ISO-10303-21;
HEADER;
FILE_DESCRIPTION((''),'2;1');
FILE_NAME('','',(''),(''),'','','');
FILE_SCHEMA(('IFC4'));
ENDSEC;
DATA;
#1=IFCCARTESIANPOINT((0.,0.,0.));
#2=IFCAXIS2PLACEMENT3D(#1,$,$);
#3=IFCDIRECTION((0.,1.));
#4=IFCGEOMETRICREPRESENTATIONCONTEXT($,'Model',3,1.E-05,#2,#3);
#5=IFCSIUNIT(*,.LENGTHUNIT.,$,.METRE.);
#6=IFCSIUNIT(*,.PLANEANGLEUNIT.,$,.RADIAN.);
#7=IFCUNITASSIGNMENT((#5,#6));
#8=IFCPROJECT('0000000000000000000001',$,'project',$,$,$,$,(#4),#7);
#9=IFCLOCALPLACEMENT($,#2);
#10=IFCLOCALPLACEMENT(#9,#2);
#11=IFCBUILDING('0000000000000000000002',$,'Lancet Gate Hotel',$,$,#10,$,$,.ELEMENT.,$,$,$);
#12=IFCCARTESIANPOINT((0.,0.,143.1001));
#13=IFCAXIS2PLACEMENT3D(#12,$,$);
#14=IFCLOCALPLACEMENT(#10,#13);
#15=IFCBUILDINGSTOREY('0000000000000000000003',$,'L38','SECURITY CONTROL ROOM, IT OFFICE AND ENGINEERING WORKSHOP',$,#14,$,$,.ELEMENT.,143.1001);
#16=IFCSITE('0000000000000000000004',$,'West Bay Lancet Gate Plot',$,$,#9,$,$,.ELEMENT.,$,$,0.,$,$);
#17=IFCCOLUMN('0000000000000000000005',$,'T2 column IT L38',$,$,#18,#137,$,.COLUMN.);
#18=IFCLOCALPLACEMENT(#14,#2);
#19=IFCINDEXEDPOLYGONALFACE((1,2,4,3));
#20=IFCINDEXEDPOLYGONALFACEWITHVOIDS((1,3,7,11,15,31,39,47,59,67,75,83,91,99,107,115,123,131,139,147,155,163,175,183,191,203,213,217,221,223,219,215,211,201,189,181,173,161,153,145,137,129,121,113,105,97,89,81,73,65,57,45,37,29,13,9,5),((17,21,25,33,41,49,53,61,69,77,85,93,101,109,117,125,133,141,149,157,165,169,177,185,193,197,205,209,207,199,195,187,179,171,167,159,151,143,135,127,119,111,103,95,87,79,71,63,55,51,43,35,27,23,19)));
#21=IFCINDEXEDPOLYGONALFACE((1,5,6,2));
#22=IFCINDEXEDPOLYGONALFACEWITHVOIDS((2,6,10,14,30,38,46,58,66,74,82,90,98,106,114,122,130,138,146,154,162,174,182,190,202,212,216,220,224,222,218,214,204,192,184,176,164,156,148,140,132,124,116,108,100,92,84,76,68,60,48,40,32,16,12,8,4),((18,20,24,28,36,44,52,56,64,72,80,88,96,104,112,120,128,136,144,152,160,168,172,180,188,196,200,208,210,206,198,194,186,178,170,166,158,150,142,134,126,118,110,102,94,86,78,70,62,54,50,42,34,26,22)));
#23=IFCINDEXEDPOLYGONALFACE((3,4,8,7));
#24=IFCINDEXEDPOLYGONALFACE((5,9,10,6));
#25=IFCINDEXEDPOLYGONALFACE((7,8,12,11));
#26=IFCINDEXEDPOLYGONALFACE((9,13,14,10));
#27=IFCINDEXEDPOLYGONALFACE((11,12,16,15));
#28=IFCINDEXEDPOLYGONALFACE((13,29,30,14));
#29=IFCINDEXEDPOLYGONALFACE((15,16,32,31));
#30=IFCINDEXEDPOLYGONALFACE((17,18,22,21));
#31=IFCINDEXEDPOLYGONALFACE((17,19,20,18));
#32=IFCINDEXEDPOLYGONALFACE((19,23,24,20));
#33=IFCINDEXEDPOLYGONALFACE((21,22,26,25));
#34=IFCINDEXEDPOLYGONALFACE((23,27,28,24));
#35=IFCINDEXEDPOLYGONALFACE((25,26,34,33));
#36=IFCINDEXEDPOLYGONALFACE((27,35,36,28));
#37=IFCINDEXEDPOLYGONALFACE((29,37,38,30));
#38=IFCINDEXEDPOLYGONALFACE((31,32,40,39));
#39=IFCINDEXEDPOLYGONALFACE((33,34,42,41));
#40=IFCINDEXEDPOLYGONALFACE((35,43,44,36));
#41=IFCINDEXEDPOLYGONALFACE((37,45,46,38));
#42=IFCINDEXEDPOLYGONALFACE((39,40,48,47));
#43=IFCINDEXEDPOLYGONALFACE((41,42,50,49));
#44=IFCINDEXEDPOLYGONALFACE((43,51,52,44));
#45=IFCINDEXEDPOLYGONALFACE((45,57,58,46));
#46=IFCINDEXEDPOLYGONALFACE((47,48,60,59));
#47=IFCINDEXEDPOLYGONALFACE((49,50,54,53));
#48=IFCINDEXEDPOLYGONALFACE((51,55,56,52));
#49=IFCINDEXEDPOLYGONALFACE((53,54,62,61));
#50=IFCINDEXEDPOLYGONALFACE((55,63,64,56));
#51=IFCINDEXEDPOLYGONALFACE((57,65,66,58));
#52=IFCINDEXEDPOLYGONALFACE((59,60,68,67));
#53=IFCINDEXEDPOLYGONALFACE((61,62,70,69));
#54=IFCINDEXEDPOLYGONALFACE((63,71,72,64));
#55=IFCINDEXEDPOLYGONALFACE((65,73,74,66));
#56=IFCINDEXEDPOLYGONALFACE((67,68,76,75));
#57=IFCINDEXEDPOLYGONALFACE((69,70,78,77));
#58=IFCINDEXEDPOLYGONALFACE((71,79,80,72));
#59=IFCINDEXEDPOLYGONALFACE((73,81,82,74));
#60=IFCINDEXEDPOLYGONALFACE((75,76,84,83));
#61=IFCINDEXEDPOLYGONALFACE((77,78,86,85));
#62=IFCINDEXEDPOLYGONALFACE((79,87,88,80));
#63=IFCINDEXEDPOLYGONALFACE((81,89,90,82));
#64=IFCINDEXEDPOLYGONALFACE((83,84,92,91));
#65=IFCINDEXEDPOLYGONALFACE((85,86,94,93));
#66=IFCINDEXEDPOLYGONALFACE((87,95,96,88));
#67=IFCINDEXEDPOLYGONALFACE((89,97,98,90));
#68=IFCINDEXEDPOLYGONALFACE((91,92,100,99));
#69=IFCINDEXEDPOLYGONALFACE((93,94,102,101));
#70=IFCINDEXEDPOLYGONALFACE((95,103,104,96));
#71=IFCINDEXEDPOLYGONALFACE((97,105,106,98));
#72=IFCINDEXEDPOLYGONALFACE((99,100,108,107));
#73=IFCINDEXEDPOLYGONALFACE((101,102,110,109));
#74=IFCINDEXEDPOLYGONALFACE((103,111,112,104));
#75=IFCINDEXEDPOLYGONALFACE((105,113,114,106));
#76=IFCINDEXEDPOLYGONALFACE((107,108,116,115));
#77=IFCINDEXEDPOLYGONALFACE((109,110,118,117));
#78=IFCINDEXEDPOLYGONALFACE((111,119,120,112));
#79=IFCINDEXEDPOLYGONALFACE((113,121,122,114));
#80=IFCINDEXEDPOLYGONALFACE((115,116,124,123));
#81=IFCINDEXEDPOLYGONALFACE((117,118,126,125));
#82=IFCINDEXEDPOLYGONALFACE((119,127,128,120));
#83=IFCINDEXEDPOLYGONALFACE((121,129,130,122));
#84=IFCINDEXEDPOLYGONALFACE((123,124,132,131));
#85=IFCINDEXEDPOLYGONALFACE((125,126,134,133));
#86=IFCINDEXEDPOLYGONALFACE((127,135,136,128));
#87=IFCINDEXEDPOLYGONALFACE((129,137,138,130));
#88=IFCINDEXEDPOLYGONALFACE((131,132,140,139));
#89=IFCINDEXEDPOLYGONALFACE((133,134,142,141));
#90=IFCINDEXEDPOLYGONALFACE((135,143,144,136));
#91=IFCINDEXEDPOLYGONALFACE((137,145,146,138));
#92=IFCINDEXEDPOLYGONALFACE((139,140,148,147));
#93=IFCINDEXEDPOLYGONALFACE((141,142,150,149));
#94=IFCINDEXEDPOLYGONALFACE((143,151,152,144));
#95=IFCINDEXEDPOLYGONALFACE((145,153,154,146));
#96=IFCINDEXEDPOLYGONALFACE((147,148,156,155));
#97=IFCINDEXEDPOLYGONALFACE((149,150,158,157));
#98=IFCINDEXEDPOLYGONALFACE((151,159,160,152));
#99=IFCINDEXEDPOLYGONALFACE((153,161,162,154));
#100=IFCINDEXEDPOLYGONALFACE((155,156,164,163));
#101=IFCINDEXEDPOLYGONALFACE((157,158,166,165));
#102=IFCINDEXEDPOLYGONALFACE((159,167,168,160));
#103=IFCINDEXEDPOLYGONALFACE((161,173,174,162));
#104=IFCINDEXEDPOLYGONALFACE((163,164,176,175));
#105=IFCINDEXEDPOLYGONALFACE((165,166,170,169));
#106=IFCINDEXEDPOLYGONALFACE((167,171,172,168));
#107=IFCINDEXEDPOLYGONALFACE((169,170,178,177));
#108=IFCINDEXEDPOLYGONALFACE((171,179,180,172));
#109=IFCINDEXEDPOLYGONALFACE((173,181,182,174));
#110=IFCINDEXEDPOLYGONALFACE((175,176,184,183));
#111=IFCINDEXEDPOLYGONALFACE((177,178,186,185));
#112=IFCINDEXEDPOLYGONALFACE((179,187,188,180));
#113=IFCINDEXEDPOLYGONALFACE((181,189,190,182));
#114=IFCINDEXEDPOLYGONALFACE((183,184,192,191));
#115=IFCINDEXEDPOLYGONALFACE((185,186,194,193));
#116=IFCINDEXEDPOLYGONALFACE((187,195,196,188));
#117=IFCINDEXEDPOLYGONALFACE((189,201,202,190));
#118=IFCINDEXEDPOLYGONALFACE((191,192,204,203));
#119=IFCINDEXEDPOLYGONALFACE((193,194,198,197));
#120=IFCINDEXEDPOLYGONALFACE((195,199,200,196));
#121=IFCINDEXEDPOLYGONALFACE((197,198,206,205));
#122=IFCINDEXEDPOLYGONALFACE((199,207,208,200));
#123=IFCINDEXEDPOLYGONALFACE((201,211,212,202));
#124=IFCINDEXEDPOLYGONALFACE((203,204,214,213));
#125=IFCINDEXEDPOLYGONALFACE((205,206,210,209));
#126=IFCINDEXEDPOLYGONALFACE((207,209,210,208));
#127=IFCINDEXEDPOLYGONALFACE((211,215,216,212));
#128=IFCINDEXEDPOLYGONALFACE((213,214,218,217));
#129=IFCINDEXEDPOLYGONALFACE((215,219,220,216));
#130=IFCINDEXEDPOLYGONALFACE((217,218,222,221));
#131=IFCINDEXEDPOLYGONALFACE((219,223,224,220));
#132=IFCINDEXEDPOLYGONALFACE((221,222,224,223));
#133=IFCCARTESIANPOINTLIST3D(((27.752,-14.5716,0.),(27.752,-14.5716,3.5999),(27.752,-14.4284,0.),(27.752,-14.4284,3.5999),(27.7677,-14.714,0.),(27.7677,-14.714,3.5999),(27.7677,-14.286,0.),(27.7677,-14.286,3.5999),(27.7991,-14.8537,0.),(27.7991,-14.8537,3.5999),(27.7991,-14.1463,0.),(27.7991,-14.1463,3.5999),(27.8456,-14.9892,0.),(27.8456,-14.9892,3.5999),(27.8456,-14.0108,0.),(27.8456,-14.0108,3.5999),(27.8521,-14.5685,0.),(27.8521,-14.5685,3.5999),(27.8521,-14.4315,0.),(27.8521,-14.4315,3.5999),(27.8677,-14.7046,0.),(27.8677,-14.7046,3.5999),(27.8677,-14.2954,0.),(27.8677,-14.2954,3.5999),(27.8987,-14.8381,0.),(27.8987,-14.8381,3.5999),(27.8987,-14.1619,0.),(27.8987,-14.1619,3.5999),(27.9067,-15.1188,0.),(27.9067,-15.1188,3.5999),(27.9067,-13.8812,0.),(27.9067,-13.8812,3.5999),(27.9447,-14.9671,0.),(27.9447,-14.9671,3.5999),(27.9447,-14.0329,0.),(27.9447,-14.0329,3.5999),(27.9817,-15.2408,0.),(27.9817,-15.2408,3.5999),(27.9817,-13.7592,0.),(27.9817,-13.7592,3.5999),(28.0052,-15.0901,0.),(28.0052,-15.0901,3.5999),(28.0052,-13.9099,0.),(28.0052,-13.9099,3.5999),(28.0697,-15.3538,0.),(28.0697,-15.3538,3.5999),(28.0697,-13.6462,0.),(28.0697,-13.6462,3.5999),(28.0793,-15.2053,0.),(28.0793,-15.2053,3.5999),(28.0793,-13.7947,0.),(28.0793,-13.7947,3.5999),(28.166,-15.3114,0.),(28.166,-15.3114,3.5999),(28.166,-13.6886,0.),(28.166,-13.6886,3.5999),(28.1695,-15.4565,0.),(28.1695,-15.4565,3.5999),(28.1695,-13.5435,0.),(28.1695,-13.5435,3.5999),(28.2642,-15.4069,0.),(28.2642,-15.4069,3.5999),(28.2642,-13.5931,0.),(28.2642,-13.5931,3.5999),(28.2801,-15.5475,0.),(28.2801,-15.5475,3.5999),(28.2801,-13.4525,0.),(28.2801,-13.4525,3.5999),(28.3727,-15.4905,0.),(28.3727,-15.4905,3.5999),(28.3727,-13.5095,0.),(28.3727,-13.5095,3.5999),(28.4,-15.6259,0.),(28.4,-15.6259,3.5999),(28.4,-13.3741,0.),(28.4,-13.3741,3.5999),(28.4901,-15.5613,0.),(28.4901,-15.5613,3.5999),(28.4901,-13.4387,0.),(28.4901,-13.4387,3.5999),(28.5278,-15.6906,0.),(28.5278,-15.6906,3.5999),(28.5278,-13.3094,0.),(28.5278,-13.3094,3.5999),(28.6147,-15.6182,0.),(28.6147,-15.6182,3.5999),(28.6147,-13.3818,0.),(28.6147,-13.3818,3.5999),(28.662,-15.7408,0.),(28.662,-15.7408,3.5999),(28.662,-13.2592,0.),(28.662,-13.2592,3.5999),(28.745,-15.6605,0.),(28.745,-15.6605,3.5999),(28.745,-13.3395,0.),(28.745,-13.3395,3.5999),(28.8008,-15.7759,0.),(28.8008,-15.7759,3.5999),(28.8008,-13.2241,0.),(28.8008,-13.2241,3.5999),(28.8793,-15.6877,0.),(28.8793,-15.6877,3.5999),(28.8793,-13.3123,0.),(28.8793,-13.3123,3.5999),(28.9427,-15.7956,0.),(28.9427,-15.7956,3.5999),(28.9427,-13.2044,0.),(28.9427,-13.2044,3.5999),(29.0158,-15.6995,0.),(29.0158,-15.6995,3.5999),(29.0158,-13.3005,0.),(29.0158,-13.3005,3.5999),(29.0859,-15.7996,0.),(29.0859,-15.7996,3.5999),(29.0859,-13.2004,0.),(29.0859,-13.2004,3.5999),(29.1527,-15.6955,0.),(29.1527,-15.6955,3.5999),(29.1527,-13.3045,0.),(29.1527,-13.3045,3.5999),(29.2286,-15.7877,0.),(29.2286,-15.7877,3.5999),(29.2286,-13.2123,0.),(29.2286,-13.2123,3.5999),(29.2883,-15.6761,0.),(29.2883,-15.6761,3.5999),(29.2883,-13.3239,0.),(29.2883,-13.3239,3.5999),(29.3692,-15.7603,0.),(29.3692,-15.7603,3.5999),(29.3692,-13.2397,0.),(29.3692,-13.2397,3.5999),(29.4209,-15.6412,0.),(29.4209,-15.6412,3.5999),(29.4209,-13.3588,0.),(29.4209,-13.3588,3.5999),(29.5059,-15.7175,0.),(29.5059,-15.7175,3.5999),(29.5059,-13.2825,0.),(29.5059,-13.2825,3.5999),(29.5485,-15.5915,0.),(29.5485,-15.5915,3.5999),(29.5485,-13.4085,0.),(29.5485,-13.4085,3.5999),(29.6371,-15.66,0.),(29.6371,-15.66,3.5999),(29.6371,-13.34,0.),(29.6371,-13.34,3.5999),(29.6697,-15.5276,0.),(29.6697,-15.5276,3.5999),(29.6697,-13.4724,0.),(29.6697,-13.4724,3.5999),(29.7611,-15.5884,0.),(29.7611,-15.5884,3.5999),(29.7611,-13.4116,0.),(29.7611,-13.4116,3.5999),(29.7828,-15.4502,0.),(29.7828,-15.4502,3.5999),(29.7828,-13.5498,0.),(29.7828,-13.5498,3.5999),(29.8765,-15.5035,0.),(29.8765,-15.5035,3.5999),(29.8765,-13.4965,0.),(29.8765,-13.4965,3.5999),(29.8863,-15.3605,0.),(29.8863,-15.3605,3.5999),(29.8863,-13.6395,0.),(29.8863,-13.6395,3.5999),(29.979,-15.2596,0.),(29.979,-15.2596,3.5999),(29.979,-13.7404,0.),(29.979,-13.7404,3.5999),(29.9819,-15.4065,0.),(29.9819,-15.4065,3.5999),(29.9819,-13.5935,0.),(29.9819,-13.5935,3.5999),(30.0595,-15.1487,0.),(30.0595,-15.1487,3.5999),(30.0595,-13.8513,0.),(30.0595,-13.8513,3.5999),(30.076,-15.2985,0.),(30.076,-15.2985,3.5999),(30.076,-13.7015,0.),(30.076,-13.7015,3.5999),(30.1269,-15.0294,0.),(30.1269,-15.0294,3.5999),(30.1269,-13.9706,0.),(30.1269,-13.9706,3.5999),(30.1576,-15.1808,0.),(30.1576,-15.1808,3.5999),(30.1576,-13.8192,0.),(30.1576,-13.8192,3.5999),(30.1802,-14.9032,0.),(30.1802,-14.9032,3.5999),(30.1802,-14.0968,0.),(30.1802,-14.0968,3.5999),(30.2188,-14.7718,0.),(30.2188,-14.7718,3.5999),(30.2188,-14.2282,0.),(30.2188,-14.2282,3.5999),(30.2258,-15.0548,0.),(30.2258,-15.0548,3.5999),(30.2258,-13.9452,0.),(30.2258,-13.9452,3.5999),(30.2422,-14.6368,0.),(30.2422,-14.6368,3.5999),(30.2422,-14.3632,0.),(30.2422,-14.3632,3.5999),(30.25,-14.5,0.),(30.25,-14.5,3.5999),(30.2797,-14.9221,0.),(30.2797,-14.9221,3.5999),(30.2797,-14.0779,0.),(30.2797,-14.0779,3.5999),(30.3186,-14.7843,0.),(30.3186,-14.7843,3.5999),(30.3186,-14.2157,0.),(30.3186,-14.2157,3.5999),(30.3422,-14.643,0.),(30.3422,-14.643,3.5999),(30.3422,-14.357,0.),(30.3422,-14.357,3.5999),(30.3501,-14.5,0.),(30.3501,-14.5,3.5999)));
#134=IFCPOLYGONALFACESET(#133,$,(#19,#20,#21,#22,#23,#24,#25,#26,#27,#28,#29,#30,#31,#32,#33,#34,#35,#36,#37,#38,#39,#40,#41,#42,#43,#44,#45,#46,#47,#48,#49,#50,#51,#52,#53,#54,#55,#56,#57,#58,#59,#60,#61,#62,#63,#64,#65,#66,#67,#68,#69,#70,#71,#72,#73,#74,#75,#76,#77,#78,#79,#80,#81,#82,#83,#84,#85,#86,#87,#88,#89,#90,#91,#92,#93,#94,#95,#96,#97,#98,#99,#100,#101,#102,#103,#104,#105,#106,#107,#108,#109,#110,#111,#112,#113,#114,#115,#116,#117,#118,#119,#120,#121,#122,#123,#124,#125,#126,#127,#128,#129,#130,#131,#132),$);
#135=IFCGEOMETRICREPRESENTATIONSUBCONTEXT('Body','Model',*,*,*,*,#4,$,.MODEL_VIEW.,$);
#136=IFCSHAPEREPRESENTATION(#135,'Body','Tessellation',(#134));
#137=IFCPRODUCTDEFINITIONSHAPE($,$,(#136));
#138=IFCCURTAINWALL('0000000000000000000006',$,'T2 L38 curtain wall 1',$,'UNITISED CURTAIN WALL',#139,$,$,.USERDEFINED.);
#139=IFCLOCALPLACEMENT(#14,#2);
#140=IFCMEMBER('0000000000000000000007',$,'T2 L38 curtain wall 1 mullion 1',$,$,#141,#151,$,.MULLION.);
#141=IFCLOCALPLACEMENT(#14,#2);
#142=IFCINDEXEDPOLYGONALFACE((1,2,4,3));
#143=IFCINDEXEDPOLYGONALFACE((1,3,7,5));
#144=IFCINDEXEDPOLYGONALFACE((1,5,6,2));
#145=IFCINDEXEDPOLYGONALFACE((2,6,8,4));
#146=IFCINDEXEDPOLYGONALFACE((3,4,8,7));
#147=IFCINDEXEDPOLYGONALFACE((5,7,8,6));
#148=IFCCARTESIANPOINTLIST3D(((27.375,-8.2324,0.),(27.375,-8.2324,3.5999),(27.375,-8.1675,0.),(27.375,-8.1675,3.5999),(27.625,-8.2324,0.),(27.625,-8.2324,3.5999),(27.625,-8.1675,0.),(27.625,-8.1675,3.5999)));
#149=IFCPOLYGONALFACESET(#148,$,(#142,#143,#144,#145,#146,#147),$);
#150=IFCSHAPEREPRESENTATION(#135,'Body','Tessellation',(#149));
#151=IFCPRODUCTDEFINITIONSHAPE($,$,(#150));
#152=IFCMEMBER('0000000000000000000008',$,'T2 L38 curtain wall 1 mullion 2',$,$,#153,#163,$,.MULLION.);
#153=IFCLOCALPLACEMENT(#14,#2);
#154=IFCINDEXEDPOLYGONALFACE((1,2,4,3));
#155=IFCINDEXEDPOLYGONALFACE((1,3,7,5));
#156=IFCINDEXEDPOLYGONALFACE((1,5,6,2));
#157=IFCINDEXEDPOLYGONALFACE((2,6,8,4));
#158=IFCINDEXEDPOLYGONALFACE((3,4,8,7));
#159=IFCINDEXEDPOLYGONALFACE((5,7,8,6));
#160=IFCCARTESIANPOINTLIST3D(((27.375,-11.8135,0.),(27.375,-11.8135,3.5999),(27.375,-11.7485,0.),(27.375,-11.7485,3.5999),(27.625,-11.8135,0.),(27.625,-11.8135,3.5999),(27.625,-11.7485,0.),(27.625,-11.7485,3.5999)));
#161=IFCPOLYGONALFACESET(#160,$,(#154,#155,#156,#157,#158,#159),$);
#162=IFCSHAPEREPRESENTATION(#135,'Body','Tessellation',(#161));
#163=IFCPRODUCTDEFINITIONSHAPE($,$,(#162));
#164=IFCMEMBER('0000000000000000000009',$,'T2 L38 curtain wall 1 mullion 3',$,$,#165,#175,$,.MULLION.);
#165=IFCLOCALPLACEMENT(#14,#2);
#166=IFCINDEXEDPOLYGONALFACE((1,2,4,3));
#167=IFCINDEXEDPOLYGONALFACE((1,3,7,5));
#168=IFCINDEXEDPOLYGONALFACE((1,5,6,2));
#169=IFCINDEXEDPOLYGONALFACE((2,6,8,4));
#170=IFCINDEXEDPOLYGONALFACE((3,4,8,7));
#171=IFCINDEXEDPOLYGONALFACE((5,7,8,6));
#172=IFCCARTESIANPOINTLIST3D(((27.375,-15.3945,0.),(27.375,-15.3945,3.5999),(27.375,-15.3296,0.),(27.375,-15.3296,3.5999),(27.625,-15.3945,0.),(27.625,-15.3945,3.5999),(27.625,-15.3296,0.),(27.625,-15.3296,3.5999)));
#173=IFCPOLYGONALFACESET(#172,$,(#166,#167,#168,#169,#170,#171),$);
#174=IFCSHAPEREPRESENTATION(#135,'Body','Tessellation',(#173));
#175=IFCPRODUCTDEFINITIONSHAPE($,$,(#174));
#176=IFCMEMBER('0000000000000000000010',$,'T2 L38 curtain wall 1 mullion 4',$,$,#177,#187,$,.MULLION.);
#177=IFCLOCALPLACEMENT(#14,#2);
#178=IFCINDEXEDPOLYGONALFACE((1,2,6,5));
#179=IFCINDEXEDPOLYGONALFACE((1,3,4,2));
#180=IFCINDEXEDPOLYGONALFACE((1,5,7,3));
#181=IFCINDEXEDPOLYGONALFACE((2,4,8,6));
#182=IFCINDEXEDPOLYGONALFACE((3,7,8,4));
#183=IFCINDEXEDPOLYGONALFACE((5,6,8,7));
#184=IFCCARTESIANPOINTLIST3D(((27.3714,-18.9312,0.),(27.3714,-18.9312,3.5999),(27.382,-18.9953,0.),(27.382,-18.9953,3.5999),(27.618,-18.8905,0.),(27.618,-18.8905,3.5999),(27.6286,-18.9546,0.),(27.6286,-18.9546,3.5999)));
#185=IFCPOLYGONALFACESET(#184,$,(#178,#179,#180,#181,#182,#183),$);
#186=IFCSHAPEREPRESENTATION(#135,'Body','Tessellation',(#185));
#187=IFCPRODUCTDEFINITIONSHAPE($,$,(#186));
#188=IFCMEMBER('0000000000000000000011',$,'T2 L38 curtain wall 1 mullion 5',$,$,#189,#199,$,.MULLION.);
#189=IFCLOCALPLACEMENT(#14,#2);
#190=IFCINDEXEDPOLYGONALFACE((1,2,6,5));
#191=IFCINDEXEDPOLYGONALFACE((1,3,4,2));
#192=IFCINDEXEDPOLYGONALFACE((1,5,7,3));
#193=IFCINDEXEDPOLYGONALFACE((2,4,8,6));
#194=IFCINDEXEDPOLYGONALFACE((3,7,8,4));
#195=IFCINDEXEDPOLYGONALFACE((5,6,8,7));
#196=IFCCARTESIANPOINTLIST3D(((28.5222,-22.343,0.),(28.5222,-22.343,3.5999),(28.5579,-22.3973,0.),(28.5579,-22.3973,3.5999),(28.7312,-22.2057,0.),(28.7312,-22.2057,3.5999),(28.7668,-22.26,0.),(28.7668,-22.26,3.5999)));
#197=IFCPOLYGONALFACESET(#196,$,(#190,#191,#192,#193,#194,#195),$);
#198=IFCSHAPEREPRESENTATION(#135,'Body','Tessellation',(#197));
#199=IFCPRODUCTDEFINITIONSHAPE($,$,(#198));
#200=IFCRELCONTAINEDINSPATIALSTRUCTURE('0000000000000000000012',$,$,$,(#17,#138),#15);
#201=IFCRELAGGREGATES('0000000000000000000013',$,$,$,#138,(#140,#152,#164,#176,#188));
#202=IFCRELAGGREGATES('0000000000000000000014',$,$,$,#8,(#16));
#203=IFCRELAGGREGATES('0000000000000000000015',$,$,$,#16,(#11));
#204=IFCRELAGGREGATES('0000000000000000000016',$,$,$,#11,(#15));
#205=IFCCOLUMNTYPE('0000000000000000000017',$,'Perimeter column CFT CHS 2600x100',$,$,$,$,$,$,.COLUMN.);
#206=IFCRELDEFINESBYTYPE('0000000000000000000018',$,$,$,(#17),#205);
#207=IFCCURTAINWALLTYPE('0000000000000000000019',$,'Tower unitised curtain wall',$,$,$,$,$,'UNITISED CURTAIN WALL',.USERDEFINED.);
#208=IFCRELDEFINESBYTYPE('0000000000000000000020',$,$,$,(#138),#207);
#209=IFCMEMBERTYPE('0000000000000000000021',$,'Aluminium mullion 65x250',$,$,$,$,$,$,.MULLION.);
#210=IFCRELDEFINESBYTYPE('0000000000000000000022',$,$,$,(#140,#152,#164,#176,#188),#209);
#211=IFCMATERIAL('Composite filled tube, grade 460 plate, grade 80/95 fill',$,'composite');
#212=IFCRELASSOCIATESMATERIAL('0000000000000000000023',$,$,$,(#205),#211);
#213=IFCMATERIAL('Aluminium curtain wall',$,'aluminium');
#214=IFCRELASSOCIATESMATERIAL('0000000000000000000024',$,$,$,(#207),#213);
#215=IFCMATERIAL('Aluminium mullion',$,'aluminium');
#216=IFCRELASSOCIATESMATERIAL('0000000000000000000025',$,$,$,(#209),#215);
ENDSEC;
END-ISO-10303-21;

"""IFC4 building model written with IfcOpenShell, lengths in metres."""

from ifc_helpers import new_model, si_unit, direction, frame, origin, origin_2d, place, context, subcontext, project, spatial, rectangle, hollow_circle, extrude, material, material_profile, profile_set, type_object, element, aggregate, save


model = new_model("IFC4")

# Units and contexts
model_context = context("Model", 3, precision=1e-05, world=origin(), true_north=direction((0.0, 1.0)))
body_context = subcontext(model_context, "Body", "Model", "MODEL_VIEW")
ifc_project = project(units=[si_unit("LENGTHUNIT", "METRE"), si_unit("PLANEANGLEUNIT", "RADIAN")], contexts=[model_context])

# Site, building, storey
site_placement = place(None, origin())
site = spatial("IfcSite", under=ifc_project, at=site_placement, Name="West Bay Lancet Gate Plot", CompositionType="ELEMENT", RefElevation=0.0)
building_placement = place(site_placement, origin())
building = spatial("IfcBuilding", under=site, at=building_placement, Name="Lancet Gate Hotel", CompositionType="ELEMENT")
storey_placement = place(building_placement, frame((0.0, 0.0, 143.1001)))
storey = spatial("IfcBuildingStorey", under=building, at=storey_placement, Name="L38", Description="SECURITY CONTROL ROOM, IT OFFICE AND ENGINEERING WORKSHOP", CompositionType="ELEMENT", Elevation=143.1001)

# Column
ifc_material_1 = material(Name="Composite filled tube, grade 460 plate, grade 80/95 fill", Category="composite")
ifc_material_profile_1 = material_profile(ifc_material_1, hollow_circle(Radius=1.3, WallThickness=0.1001, at=origin_2d()), Name="CHS 2600x100")
ifc_profile_set_1 = profile_set([ifc_material_profile_1], Name="Composite filled tube, grade 460 plate, grade 80/95 fill")
column_type = type_object("IfcColumnType", Name="Perimeter column CFT CHS 2600x100", PredefinedType="COLUMN", material=ifc_profile_set_1)
for number, where, z_axis, x_axis, name in (
    (1, (29.05, -14.5, 0.0), (0.0, 0.0, 1.0), (1.0, 0.0, 0.0), "T2 column IT L38"),
):
    element("IfcColumn", number, at=place(storey_placement, frame(where, z_axis=z_axis, x_axis=x_axis)), inside=storey, type_object=column_type, Name=name, PredefinedType="COLUMN", context=body_context, shape_type="SweptSolid", body=[
        extrude(hollow_circle(Radius=1.3, WallThickness=0.1001, at=origin_2d()), origin(), (0.0, 0.0, 1.0), 3.5999),
    ])

# Curtain wall, members
ifc_material_2 = material(Name="Aluminium curtain wall", Category="aluminium")
curtain_wall_type = type_object("IfcCurtainWallType", Name="Tower unitised curtain wall", ElementType="UNITISED CURTAIN WALL", PredefinedType="USERDEFINED", material=ifc_material_2)
curtain_wall_placement = place(storey_placement, origin())
curtain_wall = element("IfcCurtainWall", 2, at=curtain_wall_placement, inside=storey, type_object=curtain_wall_type, Name="T2 L38 curtain wall 1", ObjectType="UNITISED CURTAIN WALL", PredefinedType="USERDEFINED")
ifc_material_3 = material(Name="Aluminium mullion", Category="aluminium")
ifc_material_profile_2 = material_profile(ifc_material_3, rectangle(XDim=0.0649, YDim=0.25, at=origin_2d()), Name="MULLION 65x250")
ifc_profile_set_2 = profile_set([ifc_material_profile_2], Name="Aluminium mullion")
member_type_1 = type_object("IfcMemberType", Name="Aluminium mullion 65x250", PredefinedType="MULLION", material=ifc_profile_set_2)
member_1_placement = place(storey_placement, frame((27.5, -8.2, 0.0), z_axis=(0.0, 0.0, 1.0), x_axis=(0.0, -1.0, 0.0)))
member_1 = element("IfcMember", 3, at=member_1_placement, type_object=member_type_1, Name="T2 L38 curtain wall 1 mullion 1", PredefinedType="MULLION", context=body_context, shape_type="SweptSolid", body=[
    extrude(rectangle(XDim=0.0649, YDim=0.25, at=origin_2d()), origin(), (0.0, 0.0, 1.0), 3.5999),
])
member_2_placement = place(storey_placement, frame((27.5, -11.781, 0.0), z_axis=(0.0, 0.0, 1.0), x_axis=(0.0, -1.0, 0.0)))
member_2 = element("IfcMember", 4, at=member_2_placement, type_object=member_type_1, Name="T2 L38 curtain wall 1 mullion 2", PredefinedType="MULLION", context=body_context, shape_type="SweptSolid", body=[
    extrude(rectangle(XDim=0.0649, YDim=0.25, at=origin_2d()), origin(), (0.0, 0.0, 1.0), 3.5999),
])
member_3_placement = place(storey_placement, frame((27.5, -15.3621, 0.0), z_axis=(0.0, 0.0, 1.0), x_axis=(0.0, -1.0, 0.0)))
member_3 = element("IfcMember", 5, at=member_3_placement, type_object=member_type_1, Name="T2 L38 curtain wall 1 mullion 3", PredefinedType="MULLION", context=body_context, shape_type="SweptSolid", body=[
    extrude(rectangle(XDim=0.0649, YDim=0.25, at=origin_2d()), origin(), (0.0, 0.0, 1.0), 3.5999),
])
member_4_placement = place(storey_placement, frame((27.5, -18.9429, 0.0), z_axis=(0.0, 0.0, 1.0), x_axis=(0.162739, -0.986669, 0.0)))
member_4 = element("IfcMember", 6, at=member_4_placement, type_object=member_type_1, Name="T2 L38 curtain wall 1 mullion 4", PredefinedType="MULLION", context=body_context, shape_type="SweptSolid", body=[
    extrude(rectangle(XDim=0.0649, YDim=0.25, at=origin_2d()), origin(), (0.0, 0.0, 1.0), 3.5999),
])
member_5_placement = place(storey_placement, frame((28.6445, -22.3015, 0.0), z_axis=(0.0, 0.0, 1.0), x_axis=(0.549092, -0.835762, 0.0)))
member_5 = element("IfcMember", 7, at=member_5_placement, type_object=member_type_1, Name="T2 L38 curtain wall 1 mullion 5", PredefinedType="MULLION", context=body_context, shape_type="SweptSolid", body=[
    extrude(rectangle(XDim=0.0649, YDim=0.25, at=origin_2d()), origin(), (0.0, 0.0, 1.0), 3.5999),
])

aggregate(curtain_wall, [member_1, member_2, member_3, member_4, member_5])

save(model, "model.ifc")
